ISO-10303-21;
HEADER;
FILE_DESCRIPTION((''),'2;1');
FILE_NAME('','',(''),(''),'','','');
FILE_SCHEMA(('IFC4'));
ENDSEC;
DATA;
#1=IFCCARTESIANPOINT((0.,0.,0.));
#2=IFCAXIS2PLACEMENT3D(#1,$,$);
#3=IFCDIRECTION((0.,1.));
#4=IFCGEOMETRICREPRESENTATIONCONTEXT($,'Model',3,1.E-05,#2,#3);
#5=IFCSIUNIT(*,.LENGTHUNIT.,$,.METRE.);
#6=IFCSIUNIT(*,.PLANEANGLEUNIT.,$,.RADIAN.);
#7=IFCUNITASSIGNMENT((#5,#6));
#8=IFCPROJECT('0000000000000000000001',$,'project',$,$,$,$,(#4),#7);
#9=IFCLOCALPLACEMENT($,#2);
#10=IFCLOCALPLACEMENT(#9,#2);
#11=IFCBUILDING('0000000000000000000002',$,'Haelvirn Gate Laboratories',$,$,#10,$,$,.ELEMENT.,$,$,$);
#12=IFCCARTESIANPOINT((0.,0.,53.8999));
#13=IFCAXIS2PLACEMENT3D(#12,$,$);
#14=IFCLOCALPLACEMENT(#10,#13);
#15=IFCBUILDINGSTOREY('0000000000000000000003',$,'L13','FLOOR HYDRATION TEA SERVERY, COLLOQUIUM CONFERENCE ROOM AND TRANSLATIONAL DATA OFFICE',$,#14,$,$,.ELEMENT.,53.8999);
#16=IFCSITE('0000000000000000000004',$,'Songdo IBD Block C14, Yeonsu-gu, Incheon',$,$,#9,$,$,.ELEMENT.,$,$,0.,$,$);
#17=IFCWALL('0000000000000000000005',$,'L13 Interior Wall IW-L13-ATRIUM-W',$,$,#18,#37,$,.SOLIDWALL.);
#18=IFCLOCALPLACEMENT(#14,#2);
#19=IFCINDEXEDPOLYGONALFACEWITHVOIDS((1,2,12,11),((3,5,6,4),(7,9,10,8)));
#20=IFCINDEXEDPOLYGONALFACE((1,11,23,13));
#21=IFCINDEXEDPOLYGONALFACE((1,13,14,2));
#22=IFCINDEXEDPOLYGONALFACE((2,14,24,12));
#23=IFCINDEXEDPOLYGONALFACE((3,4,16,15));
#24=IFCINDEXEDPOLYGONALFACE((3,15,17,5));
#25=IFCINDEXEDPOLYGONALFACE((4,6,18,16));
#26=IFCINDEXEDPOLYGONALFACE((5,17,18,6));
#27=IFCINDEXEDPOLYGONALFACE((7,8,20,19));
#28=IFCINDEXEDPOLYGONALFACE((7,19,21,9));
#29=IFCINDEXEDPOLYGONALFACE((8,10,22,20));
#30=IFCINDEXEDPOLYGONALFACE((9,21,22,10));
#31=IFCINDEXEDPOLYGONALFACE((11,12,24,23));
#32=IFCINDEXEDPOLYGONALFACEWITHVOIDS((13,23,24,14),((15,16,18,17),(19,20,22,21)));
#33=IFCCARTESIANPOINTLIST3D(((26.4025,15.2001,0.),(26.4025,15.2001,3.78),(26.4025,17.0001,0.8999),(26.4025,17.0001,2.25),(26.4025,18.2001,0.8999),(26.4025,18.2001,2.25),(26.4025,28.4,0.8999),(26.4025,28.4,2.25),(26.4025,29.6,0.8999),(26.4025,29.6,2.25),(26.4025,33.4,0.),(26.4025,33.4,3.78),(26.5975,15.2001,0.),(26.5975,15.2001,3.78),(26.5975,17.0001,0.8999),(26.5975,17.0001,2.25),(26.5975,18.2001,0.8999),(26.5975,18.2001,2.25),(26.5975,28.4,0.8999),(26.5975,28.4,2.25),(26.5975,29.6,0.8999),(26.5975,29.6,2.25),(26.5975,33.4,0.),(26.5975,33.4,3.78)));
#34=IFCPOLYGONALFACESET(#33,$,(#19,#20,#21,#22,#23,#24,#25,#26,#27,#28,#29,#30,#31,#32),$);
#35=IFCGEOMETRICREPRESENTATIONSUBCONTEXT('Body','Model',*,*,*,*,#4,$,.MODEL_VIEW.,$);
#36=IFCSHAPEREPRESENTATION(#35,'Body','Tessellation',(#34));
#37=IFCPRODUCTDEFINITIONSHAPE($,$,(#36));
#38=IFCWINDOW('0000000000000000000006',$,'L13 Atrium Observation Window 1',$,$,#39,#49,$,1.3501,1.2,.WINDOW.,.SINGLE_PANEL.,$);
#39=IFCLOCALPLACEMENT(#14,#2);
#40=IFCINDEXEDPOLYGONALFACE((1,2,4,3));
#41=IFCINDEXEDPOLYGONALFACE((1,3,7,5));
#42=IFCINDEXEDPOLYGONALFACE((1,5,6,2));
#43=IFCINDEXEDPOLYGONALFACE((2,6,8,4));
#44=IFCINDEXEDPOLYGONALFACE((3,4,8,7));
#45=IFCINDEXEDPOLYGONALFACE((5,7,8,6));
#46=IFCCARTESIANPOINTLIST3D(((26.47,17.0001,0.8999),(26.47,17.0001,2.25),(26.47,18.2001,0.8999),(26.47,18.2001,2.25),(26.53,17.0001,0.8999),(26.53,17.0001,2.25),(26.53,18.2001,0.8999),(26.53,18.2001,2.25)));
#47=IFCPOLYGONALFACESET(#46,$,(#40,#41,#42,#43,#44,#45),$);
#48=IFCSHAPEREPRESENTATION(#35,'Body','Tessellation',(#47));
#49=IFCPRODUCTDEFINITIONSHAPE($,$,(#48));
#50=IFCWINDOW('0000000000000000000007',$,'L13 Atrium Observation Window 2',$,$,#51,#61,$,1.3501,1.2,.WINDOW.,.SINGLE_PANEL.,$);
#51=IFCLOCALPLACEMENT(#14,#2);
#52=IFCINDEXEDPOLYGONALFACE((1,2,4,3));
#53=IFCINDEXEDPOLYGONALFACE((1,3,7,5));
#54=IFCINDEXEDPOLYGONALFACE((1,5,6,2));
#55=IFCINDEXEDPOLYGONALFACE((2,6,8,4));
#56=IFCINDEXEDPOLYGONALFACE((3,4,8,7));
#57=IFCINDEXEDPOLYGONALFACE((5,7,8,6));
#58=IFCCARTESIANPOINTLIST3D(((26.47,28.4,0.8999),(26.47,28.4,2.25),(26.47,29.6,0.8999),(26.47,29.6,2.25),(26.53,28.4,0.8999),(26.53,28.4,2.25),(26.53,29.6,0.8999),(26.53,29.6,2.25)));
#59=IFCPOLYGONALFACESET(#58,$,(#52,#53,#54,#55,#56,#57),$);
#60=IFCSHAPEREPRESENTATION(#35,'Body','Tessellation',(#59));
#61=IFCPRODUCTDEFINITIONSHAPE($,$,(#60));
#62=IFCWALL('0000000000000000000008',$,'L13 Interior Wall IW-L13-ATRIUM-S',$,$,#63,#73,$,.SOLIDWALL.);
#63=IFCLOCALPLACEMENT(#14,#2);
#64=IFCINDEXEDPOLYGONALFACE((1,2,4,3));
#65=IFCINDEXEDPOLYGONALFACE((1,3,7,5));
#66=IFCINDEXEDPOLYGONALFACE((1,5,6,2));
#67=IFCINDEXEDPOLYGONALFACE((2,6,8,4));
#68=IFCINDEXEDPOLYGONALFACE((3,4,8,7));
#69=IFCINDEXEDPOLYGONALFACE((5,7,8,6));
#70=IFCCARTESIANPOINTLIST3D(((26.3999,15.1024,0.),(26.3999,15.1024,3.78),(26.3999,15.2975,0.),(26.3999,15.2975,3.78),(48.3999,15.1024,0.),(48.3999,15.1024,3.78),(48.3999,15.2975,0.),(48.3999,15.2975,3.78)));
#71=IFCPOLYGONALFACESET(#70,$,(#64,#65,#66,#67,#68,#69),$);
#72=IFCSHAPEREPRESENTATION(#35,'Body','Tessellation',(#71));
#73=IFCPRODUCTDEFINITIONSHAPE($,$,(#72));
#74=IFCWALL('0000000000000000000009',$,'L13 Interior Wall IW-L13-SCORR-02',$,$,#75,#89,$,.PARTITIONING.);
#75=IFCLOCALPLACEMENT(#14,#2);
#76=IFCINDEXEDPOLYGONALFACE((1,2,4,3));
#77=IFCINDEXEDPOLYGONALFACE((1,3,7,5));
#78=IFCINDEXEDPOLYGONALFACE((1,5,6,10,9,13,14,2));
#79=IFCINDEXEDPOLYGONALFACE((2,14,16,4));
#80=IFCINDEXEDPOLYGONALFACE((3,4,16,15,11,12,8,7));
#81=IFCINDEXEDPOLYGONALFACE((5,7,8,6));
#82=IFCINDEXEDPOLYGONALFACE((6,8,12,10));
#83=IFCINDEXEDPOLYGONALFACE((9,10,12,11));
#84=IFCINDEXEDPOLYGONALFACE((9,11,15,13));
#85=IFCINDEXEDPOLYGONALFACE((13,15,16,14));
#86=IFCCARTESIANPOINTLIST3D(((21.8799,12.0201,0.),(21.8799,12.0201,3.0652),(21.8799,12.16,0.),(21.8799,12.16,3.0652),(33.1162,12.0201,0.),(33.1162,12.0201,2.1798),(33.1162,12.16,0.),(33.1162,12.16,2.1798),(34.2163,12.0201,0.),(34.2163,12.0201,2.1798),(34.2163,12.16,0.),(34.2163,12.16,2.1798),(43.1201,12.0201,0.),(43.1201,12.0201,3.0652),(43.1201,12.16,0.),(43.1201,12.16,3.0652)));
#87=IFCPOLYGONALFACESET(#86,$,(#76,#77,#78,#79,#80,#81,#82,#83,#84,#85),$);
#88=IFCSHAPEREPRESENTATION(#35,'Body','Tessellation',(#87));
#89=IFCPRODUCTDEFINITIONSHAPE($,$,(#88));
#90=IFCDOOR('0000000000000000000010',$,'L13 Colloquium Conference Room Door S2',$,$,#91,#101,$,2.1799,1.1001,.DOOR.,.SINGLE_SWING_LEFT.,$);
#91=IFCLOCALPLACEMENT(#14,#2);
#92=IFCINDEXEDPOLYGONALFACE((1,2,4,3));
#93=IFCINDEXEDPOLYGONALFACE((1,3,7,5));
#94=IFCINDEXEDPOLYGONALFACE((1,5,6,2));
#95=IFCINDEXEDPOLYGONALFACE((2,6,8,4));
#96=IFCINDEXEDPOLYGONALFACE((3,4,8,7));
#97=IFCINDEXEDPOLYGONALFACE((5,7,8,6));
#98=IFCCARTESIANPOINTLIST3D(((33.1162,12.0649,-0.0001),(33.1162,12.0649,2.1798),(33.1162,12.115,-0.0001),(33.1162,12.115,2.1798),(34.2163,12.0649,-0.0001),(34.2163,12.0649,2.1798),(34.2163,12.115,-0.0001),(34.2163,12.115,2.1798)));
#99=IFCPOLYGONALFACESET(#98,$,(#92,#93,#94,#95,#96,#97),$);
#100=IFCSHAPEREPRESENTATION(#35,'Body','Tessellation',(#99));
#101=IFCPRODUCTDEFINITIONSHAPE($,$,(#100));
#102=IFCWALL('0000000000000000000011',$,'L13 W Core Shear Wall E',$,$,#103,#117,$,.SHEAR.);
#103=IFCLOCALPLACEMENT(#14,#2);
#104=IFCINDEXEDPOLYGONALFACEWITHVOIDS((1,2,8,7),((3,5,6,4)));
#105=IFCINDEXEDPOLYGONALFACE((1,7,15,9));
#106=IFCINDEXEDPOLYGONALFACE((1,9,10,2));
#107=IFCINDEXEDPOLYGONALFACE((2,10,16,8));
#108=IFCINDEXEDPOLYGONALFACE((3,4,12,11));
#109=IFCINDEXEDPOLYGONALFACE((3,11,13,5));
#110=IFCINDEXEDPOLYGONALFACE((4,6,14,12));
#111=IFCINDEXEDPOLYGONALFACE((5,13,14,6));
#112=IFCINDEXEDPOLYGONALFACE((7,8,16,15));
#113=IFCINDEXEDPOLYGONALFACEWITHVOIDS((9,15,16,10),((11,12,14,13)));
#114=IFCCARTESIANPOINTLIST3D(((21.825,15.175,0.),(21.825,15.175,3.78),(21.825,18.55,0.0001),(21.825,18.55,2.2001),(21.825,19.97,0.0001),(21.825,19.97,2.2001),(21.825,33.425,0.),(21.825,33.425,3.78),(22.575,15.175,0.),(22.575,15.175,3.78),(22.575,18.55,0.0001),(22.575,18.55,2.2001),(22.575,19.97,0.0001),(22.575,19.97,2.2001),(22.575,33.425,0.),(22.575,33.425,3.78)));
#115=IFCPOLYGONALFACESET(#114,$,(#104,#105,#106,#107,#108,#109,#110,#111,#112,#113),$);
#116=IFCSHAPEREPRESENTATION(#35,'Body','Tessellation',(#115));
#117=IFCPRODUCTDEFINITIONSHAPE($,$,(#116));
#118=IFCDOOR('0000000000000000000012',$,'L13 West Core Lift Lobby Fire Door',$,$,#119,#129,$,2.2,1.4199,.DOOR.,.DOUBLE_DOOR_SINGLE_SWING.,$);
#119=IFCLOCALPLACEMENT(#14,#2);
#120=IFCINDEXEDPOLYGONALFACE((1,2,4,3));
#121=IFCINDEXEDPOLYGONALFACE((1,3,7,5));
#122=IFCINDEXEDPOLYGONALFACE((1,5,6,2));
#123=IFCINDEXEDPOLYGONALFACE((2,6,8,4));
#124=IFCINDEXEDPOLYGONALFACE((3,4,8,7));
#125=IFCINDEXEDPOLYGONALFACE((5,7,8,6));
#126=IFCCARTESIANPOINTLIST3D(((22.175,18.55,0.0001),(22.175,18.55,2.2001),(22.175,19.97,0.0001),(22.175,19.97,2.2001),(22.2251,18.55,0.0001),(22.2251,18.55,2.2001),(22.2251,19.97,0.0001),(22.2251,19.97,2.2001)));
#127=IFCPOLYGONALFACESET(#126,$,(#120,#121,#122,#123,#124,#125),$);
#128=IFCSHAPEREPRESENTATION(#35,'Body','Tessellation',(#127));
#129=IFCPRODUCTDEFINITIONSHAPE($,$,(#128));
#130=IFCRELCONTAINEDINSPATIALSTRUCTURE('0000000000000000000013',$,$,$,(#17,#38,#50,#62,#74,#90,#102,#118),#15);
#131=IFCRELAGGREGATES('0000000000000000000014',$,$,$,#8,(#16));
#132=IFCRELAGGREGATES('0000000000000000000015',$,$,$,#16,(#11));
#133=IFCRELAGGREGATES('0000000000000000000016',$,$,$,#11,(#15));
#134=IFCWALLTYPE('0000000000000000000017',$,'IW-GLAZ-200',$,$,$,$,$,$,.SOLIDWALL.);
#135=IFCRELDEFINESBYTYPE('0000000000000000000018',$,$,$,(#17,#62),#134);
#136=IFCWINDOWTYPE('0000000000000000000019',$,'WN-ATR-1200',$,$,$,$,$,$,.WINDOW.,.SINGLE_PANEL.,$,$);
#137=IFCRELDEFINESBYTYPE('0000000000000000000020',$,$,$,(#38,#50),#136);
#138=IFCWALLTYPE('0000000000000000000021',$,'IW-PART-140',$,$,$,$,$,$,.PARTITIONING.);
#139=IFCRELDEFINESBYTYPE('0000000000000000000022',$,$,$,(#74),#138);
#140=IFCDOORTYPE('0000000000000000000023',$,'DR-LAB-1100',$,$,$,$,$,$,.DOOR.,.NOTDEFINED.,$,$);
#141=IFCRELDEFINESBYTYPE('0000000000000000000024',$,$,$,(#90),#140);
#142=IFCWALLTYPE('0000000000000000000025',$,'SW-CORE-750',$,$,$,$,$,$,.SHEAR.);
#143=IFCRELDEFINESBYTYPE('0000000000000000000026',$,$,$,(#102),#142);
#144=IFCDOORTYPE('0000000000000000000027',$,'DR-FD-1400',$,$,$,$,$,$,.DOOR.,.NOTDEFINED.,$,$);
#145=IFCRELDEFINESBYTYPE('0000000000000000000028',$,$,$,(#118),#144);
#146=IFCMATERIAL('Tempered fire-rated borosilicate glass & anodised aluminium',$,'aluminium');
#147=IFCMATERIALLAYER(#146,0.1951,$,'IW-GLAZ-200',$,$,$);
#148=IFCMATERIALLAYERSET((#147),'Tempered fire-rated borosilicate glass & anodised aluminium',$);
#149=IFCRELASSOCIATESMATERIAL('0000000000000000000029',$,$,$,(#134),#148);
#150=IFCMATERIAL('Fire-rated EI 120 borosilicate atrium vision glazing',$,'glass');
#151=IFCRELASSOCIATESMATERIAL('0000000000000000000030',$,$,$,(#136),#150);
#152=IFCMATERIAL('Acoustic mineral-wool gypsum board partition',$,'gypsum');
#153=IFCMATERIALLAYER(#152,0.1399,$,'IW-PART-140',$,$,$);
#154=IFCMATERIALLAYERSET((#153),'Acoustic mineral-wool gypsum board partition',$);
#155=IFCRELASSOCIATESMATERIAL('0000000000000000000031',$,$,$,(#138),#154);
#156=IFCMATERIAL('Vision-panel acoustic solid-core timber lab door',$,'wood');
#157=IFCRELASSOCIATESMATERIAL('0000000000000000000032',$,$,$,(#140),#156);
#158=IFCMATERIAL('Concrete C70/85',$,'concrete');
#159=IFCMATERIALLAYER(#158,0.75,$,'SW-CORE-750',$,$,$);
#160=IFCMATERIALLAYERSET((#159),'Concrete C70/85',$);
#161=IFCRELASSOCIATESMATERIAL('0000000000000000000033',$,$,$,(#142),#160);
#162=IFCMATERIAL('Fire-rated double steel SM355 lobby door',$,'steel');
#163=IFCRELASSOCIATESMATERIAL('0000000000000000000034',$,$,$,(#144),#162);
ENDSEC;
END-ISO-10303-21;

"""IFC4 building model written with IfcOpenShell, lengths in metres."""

from ifc_helpers import new_model, si_unit, direction, frame, frame_2d, origin, place, context, subcontext, project, spatial, rectangle, extrude, source, transform, mapped, material, layer, layer_set, type_object, type_shapes, element, fill, save


model = new_model("IFC4")

# Units and contexts
model_context = context("Model", 3, precision=1e-05, world=origin(), true_north=direction((0.0, 1.0)))
body_context = subcontext(model_context, "Body", "Model", "MODEL_VIEW")
ifc_project = project(units=[si_unit("LENGTHUNIT", "METRE"), si_unit("PLANEANGLEUNIT", "RADIAN")], contexts=[model_context])

# Site, building, storey
site_placement = place(None, origin())
site = spatial("IfcSite", under=ifc_project, at=site_placement, Name="Songdo IBD Block C14, Yeonsu-gu, Incheon", CompositionType="ELEMENT", RefElevation=0.0)
building_placement = place(site_placement, origin())
building = spatial("IfcBuilding", under=site, at=building_placement, Name="Haelvirn Gate Laboratories", CompositionType="ELEMENT")
storey_placement = place(building_placement, frame((0.0, 0.0, 53.8999)))
storey = spatial("IfcBuildingStorey", under=building, at=storey_placement, Name="L13", Description="FLOOR HYDRATION TEA SERVERY, COLLOQUIUM CONFERENCE ROOM AND TRANSLATIONAL DATA OFFICE", CompositionType="ELEMENT", Elevation=53.8999)

# Shared definitions
ifc_material_1 = material(Name="Concrete C70/85", Category="concrete")

# Wall, openings, windows
ifc_material_2 = material(Name="Tempered fire-rated borosilicate glass & anodised aluminium", Category="aluminium")
ifc_layer_1 = layer(ifc_material_2, 0.1951, Name="IW-GLAZ-200")
ifc_layer_set_1 = layer_set([ifc_layer_1], Name="Tempered fire-rated borosilicate glass & anodised aluminium")
wall_type_1 = type_object("IfcWallType", Name="IW-GLAZ-200", PredefinedType="SOLIDWALL", material=ifc_layer_set_1)
wall_1_placement = place(storey_placement, frame((26.5, 15.2, 0.0), z_axis=(0.0, 0.0, 1.0), x_axis=(0.0, 1.0, 0.0)))
wall_1 = element("IfcWall", 1, at=wall_1_placement, inside=storey, type_object=wall_type_1, Name="L13 Interior Wall IW-L13-ATRIUM-W", PredefinedType="SOLIDWALL", context=body_context, shape_type="SweptSolid", body=[
    extrude(rectangle(XDim=18.2, YDim=0.1951, at=frame_2d((9.1001, 0.0))), origin(), (0.0, 0.0, 1.0), 3.78),
])
opening_1_placement = place(wall_1_placement, frame((1.8, 0.0, 0.8999)))
opening_1 = element("IfcOpeningElement", 2, at=opening_1_placement, cuts=wall_1, PredefinedType="OPENING", context=body_context, shape_type="SweptSolid", body=[
    extrude(rectangle(XDim=1.2, YDim=1.3501, at=frame_2d((0.6001, 0.675))), frame((0.0, 0.1074, 0.0), z_axis=(0.0, -1.0, 0.0), x_axis=(1.0, 0.0, 0.0)), (0.0, 0.0, 1.0), 0.2151),
])
opening_2_placement = place(wall_1_placement, frame((13.2, 0.0, 0.8999)))
opening_2 = element("IfcOpeningElement", 3, at=opening_2_placement, cuts=wall_1, PredefinedType="OPENING", context=body_context, shape_type="SweptSolid", body=[
    extrude(rectangle(XDim=1.2, YDim=1.3501, at=frame_2d((0.6001, 0.675))), frame((0.0, 0.1074, 0.0), z_axis=(0.0, -1.0, 0.0), x_axis=(1.0, 0.0, 0.0)), (0.0, 0.0, 1.0), 0.2151),
])
ifc_material_3 = material(Name="Fire-rated EI 120 borosilicate atrium vision glazing", Category="glass")
window_type = type_object("IfcWindowType", Name="WN-ATR-1200", PartitioningType="SINGLE_PANEL", PredefinedType="WINDOW", material=ifc_material_3)
shared_shape_1 = source(origin(), body_context, "Body", "SweptSolid", [
    extrude(rectangle(XDim=1.2, YDim=1.3501, at=frame_2d((0.6001, 0.675))), frame((0.0, 0.03, 0.0), z_axis=(0.0, -1.0, 0.0), x_axis=(1.0, 0.0, 0.0)), (0.0, 0.0, 1.0), 0.0601),
])
type_shapes(window_type, [shared_shape_1])
window_1_placement = place(opening_1_placement, origin())
window_1 = element("IfcWindow", 4, at=window_1_placement, inside=storey, type_object=window_type, Name="L13 Atrium Observation Window 1", OverallHeight=1.3501, OverallWidth=1.2, PartitioningType="SINGLE_PANEL", PredefinedType="WINDOW", context=body_context, shape_type="MappedRepresentation", body=[
    mapped(shared_shape_1, transform((0.0, 0.0, 0.0), scale=1.0)),
])
fill(opening_1, window_1)
window_2_placement = place(opening_2_placement, origin())
window_2 = element("IfcWindow", 5, at=window_2_placement, inside=storey, type_object=window_type, Name="L13 Atrium Observation Window 2", OverallHeight=1.3501, OverallWidth=1.2, PartitioningType="SINGLE_PANEL", PredefinedType="WINDOW", context=body_context, shape_type="MappedRepresentation", body=[
    mapped(shared_shape_1, transform((0.0, 0.0, 0.0), scale=1.0)),
])
fill(opening_2, window_2)

# Wall
wall_2_placement = place(storey_placement, frame((26.3999, 15.2, 0.0), z_axis=(0.0, 0.0, 1.0), x_axis=(1.0, 0.0, 0.0)))
element("IfcWall", 6, at=wall_2_placement, inside=storey, type_object=wall_type_1, Name="L13 Interior Wall IW-L13-ATRIUM-S", PredefinedType="SOLIDWALL", context=body_context, shape_type="SweptSolid", body=[
    extrude(rectangle(XDim=22.0, YDim=0.1951, at=frame_2d((11.0, 0.0))), origin(), (0.0, 0.0, 1.0), 3.78),
])

# Walls, openings, doors
ifc_material_4 = material(Name="Acoustic mineral-wool gypsum board partition", Category="gypsum")
ifc_layer_2 = layer(ifc_material_4, 0.1399, Name="IW-PART-140")
ifc_layer_set_2 = layer_set([ifc_layer_2], Name="Acoustic mineral-wool gypsum board partition")
wall_type_2 = type_object("IfcWallType", Name="IW-PART-140", PredefinedType="PARTITIONING", material=ifc_layer_set_2)
wall_3_placement = place(storey_placement, frame((21.8799, 12.0901, 0.0), z_axis=(0.0, 0.0, 1.0), x_axis=(1.0, 0.0, 0.0)))
wall_3 = element("IfcWall", 7, at=wall_3_placement, inside=storey, type_object=wall_type_2, Name="L13 Interior Wall IW-L13-SCORR-02", PredefinedType="PARTITIONING", context=body_context, shape_type="SweptSolid", body=[
    extrude(rectangle(XDim=21.2402, YDim=0.1399, at=frame_2d((10.6201, 0.0))), origin(), (0.0, 0.0, 1.0), 3.0652),
])
opening_3_placement = place(wall_3_placement, frame((11.2363, 0.0, 0.0)))
opening_3 = element("IfcOpeningElement", 8, at=opening_3_placement, cuts=wall_3, PredefinedType="OPENING", context=body_context, shape_type="SweptSolid", body=[
    extrude(rectangle(XDim=1.1001, YDim=2.1799, at=frame_2d((0.55, 1.0898))), frame((0.0, 0.0801, 0.0), z_axis=(0.0, -1.0, 0.0), x_axis=(1.0, 0.0, 0.0)), (0.0, 0.0, 1.0), 0.1599),
])
ifc_material_5 = material(Name="Vision-panel acoustic solid-core timber lab door", Category="wood")
door_type_1 = type_object("IfcDoorType", Name="DR-LAB-1100", OperationType="NOTDEFINED", PredefinedType="DOOR", material=ifc_material_5)
shared_shape_2 = source(origin(), body_context, "Body", "SweptSolid", [
    extrude(rectangle(XDim=1.1001, YDim=2.1799, at=frame_2d((0.55, 1.0898))), frame((0.0, 0.0249, 0.0), z_axis=(0.0, -1.0, 0.0), x_axis=(1.0, 0.0, 0.0)), (0.0, 0.0, 1.0), 0.05),
])
type_shapes(door_type_1, [shared_shape_2])
door_1_placement = place(opening_3_placement, origin())
door_1 = element("IfcDoor", 9, at=door_1_placement, inside=storey, type_object=door_type_1, Name="L13 Colloquium Conference Room Door S2", OperationType="SINGLE_SWING_LEFT", OverallHeight=2.1799, OverallWidth=1.1001, PredefinedType="DOOR", context=body_context, shape_type="MappedRepresentation", body=[
    mapped(shared_shape_2, transform((0.0, 0.0, 0.0), scale=1.0)),
])
fill(opening_3, door_1)
ifc_layer_3 = layer(ifc_material_1, 0.75, Name="SW-CORE-750")
ifc_layer_set_3 = layer_set([ifc_layer_3], Name="Concrete C70/85")
wall_type_3 = type_object("IfcWallType", Name="SW-CORE-750", PredefinedType="SHEAR", material=ifc_layer_set_3)
wall_4_placement = place(storey_placement, frame((22.2, 15.175, 0.0), z_axis=(0.0, 0.0, 1.0), x_axis=(0.0, 1.0, 0.0)))
wall_4 = element("IfcWall", 10, at=wall_4_placement, inside=storey, type_object=wall_type_3, Name="L13 W Core Shear Wall E", PredefinedType="SHEAR", context=body_context, shape_type="SweptSolid", body=[
    extrude(rectangle(XDim=18.25, YDim=0.75, at=frame_2d((9.125, 0.0))), origin(), (0.0, 0.0, 1.0), 3.78),
])
opening_4_placement = place(wall_4_placement, frame((3.375, 0.0, 0.0)))
opening_4 = element("IfcOpeningElement", 11, at=opening_4_placement, cuts=wall_4, PredefinedType="OPENING", context=body_context, shape_type="SweptSolid", body=[
    extrude(rectangle(XDim=1.4199, YDim=2.2, at=frame_2d((0.71, 1.1001))), frame((0.0, 0.385, 0.0), z_axis=(0.0, -1.0, 0.0), x_axis=(1.0, 0.0, 0.0)), (0.0, 0.0, 1.0), 0.77),
])
ifc_material_6 = material(Name="Fire-rated double steel SM355 lobby door", Category="steel")
door_type_2 = type_object("IfcDoorType", Name="DR-FD-1400", OperationType="NOTDEFINED", PredefinedType="DOOR", material=ifc_material_6)
shared_shape_3 = source(origin(), body_context, "Body", "SweptSolid", [
    extrude(rectangle(XDim=1.4199, YDim=2.2, at=frame_2d((0.71, 1.1001))), frame((0.0, 0.0249, 0.0), z_axis=(0.0, -1.0, 0.0), x_axis=(1.0, 0.0, 0.0)), (0.0, 0.0, 1.0), 0.05),
])
type_shapes(door_type_2, [shared_shape_3])
door_2_placement = place(opening_4_placement, origin())
door_2 = element("IfcDoor", 12, at=door_2_placement, inside=storey, type_object=door_type_2, Name="L13 West Core Lift Lobby Fire Door", OperationType="DOUBLE_DOOR_SINGLE_SWING", OverallHeight=2.2, OverallWidth=1.4199, PredefinedType="DOOR", context=body_context, shape_type="MappedRepresentation", body=[
    mapped(shared_shape_3, transform((0.0, 0.0, 0.0), scale=1.0)),
])
fill(opening_4, door_2)

save(model, "model.ifc")
